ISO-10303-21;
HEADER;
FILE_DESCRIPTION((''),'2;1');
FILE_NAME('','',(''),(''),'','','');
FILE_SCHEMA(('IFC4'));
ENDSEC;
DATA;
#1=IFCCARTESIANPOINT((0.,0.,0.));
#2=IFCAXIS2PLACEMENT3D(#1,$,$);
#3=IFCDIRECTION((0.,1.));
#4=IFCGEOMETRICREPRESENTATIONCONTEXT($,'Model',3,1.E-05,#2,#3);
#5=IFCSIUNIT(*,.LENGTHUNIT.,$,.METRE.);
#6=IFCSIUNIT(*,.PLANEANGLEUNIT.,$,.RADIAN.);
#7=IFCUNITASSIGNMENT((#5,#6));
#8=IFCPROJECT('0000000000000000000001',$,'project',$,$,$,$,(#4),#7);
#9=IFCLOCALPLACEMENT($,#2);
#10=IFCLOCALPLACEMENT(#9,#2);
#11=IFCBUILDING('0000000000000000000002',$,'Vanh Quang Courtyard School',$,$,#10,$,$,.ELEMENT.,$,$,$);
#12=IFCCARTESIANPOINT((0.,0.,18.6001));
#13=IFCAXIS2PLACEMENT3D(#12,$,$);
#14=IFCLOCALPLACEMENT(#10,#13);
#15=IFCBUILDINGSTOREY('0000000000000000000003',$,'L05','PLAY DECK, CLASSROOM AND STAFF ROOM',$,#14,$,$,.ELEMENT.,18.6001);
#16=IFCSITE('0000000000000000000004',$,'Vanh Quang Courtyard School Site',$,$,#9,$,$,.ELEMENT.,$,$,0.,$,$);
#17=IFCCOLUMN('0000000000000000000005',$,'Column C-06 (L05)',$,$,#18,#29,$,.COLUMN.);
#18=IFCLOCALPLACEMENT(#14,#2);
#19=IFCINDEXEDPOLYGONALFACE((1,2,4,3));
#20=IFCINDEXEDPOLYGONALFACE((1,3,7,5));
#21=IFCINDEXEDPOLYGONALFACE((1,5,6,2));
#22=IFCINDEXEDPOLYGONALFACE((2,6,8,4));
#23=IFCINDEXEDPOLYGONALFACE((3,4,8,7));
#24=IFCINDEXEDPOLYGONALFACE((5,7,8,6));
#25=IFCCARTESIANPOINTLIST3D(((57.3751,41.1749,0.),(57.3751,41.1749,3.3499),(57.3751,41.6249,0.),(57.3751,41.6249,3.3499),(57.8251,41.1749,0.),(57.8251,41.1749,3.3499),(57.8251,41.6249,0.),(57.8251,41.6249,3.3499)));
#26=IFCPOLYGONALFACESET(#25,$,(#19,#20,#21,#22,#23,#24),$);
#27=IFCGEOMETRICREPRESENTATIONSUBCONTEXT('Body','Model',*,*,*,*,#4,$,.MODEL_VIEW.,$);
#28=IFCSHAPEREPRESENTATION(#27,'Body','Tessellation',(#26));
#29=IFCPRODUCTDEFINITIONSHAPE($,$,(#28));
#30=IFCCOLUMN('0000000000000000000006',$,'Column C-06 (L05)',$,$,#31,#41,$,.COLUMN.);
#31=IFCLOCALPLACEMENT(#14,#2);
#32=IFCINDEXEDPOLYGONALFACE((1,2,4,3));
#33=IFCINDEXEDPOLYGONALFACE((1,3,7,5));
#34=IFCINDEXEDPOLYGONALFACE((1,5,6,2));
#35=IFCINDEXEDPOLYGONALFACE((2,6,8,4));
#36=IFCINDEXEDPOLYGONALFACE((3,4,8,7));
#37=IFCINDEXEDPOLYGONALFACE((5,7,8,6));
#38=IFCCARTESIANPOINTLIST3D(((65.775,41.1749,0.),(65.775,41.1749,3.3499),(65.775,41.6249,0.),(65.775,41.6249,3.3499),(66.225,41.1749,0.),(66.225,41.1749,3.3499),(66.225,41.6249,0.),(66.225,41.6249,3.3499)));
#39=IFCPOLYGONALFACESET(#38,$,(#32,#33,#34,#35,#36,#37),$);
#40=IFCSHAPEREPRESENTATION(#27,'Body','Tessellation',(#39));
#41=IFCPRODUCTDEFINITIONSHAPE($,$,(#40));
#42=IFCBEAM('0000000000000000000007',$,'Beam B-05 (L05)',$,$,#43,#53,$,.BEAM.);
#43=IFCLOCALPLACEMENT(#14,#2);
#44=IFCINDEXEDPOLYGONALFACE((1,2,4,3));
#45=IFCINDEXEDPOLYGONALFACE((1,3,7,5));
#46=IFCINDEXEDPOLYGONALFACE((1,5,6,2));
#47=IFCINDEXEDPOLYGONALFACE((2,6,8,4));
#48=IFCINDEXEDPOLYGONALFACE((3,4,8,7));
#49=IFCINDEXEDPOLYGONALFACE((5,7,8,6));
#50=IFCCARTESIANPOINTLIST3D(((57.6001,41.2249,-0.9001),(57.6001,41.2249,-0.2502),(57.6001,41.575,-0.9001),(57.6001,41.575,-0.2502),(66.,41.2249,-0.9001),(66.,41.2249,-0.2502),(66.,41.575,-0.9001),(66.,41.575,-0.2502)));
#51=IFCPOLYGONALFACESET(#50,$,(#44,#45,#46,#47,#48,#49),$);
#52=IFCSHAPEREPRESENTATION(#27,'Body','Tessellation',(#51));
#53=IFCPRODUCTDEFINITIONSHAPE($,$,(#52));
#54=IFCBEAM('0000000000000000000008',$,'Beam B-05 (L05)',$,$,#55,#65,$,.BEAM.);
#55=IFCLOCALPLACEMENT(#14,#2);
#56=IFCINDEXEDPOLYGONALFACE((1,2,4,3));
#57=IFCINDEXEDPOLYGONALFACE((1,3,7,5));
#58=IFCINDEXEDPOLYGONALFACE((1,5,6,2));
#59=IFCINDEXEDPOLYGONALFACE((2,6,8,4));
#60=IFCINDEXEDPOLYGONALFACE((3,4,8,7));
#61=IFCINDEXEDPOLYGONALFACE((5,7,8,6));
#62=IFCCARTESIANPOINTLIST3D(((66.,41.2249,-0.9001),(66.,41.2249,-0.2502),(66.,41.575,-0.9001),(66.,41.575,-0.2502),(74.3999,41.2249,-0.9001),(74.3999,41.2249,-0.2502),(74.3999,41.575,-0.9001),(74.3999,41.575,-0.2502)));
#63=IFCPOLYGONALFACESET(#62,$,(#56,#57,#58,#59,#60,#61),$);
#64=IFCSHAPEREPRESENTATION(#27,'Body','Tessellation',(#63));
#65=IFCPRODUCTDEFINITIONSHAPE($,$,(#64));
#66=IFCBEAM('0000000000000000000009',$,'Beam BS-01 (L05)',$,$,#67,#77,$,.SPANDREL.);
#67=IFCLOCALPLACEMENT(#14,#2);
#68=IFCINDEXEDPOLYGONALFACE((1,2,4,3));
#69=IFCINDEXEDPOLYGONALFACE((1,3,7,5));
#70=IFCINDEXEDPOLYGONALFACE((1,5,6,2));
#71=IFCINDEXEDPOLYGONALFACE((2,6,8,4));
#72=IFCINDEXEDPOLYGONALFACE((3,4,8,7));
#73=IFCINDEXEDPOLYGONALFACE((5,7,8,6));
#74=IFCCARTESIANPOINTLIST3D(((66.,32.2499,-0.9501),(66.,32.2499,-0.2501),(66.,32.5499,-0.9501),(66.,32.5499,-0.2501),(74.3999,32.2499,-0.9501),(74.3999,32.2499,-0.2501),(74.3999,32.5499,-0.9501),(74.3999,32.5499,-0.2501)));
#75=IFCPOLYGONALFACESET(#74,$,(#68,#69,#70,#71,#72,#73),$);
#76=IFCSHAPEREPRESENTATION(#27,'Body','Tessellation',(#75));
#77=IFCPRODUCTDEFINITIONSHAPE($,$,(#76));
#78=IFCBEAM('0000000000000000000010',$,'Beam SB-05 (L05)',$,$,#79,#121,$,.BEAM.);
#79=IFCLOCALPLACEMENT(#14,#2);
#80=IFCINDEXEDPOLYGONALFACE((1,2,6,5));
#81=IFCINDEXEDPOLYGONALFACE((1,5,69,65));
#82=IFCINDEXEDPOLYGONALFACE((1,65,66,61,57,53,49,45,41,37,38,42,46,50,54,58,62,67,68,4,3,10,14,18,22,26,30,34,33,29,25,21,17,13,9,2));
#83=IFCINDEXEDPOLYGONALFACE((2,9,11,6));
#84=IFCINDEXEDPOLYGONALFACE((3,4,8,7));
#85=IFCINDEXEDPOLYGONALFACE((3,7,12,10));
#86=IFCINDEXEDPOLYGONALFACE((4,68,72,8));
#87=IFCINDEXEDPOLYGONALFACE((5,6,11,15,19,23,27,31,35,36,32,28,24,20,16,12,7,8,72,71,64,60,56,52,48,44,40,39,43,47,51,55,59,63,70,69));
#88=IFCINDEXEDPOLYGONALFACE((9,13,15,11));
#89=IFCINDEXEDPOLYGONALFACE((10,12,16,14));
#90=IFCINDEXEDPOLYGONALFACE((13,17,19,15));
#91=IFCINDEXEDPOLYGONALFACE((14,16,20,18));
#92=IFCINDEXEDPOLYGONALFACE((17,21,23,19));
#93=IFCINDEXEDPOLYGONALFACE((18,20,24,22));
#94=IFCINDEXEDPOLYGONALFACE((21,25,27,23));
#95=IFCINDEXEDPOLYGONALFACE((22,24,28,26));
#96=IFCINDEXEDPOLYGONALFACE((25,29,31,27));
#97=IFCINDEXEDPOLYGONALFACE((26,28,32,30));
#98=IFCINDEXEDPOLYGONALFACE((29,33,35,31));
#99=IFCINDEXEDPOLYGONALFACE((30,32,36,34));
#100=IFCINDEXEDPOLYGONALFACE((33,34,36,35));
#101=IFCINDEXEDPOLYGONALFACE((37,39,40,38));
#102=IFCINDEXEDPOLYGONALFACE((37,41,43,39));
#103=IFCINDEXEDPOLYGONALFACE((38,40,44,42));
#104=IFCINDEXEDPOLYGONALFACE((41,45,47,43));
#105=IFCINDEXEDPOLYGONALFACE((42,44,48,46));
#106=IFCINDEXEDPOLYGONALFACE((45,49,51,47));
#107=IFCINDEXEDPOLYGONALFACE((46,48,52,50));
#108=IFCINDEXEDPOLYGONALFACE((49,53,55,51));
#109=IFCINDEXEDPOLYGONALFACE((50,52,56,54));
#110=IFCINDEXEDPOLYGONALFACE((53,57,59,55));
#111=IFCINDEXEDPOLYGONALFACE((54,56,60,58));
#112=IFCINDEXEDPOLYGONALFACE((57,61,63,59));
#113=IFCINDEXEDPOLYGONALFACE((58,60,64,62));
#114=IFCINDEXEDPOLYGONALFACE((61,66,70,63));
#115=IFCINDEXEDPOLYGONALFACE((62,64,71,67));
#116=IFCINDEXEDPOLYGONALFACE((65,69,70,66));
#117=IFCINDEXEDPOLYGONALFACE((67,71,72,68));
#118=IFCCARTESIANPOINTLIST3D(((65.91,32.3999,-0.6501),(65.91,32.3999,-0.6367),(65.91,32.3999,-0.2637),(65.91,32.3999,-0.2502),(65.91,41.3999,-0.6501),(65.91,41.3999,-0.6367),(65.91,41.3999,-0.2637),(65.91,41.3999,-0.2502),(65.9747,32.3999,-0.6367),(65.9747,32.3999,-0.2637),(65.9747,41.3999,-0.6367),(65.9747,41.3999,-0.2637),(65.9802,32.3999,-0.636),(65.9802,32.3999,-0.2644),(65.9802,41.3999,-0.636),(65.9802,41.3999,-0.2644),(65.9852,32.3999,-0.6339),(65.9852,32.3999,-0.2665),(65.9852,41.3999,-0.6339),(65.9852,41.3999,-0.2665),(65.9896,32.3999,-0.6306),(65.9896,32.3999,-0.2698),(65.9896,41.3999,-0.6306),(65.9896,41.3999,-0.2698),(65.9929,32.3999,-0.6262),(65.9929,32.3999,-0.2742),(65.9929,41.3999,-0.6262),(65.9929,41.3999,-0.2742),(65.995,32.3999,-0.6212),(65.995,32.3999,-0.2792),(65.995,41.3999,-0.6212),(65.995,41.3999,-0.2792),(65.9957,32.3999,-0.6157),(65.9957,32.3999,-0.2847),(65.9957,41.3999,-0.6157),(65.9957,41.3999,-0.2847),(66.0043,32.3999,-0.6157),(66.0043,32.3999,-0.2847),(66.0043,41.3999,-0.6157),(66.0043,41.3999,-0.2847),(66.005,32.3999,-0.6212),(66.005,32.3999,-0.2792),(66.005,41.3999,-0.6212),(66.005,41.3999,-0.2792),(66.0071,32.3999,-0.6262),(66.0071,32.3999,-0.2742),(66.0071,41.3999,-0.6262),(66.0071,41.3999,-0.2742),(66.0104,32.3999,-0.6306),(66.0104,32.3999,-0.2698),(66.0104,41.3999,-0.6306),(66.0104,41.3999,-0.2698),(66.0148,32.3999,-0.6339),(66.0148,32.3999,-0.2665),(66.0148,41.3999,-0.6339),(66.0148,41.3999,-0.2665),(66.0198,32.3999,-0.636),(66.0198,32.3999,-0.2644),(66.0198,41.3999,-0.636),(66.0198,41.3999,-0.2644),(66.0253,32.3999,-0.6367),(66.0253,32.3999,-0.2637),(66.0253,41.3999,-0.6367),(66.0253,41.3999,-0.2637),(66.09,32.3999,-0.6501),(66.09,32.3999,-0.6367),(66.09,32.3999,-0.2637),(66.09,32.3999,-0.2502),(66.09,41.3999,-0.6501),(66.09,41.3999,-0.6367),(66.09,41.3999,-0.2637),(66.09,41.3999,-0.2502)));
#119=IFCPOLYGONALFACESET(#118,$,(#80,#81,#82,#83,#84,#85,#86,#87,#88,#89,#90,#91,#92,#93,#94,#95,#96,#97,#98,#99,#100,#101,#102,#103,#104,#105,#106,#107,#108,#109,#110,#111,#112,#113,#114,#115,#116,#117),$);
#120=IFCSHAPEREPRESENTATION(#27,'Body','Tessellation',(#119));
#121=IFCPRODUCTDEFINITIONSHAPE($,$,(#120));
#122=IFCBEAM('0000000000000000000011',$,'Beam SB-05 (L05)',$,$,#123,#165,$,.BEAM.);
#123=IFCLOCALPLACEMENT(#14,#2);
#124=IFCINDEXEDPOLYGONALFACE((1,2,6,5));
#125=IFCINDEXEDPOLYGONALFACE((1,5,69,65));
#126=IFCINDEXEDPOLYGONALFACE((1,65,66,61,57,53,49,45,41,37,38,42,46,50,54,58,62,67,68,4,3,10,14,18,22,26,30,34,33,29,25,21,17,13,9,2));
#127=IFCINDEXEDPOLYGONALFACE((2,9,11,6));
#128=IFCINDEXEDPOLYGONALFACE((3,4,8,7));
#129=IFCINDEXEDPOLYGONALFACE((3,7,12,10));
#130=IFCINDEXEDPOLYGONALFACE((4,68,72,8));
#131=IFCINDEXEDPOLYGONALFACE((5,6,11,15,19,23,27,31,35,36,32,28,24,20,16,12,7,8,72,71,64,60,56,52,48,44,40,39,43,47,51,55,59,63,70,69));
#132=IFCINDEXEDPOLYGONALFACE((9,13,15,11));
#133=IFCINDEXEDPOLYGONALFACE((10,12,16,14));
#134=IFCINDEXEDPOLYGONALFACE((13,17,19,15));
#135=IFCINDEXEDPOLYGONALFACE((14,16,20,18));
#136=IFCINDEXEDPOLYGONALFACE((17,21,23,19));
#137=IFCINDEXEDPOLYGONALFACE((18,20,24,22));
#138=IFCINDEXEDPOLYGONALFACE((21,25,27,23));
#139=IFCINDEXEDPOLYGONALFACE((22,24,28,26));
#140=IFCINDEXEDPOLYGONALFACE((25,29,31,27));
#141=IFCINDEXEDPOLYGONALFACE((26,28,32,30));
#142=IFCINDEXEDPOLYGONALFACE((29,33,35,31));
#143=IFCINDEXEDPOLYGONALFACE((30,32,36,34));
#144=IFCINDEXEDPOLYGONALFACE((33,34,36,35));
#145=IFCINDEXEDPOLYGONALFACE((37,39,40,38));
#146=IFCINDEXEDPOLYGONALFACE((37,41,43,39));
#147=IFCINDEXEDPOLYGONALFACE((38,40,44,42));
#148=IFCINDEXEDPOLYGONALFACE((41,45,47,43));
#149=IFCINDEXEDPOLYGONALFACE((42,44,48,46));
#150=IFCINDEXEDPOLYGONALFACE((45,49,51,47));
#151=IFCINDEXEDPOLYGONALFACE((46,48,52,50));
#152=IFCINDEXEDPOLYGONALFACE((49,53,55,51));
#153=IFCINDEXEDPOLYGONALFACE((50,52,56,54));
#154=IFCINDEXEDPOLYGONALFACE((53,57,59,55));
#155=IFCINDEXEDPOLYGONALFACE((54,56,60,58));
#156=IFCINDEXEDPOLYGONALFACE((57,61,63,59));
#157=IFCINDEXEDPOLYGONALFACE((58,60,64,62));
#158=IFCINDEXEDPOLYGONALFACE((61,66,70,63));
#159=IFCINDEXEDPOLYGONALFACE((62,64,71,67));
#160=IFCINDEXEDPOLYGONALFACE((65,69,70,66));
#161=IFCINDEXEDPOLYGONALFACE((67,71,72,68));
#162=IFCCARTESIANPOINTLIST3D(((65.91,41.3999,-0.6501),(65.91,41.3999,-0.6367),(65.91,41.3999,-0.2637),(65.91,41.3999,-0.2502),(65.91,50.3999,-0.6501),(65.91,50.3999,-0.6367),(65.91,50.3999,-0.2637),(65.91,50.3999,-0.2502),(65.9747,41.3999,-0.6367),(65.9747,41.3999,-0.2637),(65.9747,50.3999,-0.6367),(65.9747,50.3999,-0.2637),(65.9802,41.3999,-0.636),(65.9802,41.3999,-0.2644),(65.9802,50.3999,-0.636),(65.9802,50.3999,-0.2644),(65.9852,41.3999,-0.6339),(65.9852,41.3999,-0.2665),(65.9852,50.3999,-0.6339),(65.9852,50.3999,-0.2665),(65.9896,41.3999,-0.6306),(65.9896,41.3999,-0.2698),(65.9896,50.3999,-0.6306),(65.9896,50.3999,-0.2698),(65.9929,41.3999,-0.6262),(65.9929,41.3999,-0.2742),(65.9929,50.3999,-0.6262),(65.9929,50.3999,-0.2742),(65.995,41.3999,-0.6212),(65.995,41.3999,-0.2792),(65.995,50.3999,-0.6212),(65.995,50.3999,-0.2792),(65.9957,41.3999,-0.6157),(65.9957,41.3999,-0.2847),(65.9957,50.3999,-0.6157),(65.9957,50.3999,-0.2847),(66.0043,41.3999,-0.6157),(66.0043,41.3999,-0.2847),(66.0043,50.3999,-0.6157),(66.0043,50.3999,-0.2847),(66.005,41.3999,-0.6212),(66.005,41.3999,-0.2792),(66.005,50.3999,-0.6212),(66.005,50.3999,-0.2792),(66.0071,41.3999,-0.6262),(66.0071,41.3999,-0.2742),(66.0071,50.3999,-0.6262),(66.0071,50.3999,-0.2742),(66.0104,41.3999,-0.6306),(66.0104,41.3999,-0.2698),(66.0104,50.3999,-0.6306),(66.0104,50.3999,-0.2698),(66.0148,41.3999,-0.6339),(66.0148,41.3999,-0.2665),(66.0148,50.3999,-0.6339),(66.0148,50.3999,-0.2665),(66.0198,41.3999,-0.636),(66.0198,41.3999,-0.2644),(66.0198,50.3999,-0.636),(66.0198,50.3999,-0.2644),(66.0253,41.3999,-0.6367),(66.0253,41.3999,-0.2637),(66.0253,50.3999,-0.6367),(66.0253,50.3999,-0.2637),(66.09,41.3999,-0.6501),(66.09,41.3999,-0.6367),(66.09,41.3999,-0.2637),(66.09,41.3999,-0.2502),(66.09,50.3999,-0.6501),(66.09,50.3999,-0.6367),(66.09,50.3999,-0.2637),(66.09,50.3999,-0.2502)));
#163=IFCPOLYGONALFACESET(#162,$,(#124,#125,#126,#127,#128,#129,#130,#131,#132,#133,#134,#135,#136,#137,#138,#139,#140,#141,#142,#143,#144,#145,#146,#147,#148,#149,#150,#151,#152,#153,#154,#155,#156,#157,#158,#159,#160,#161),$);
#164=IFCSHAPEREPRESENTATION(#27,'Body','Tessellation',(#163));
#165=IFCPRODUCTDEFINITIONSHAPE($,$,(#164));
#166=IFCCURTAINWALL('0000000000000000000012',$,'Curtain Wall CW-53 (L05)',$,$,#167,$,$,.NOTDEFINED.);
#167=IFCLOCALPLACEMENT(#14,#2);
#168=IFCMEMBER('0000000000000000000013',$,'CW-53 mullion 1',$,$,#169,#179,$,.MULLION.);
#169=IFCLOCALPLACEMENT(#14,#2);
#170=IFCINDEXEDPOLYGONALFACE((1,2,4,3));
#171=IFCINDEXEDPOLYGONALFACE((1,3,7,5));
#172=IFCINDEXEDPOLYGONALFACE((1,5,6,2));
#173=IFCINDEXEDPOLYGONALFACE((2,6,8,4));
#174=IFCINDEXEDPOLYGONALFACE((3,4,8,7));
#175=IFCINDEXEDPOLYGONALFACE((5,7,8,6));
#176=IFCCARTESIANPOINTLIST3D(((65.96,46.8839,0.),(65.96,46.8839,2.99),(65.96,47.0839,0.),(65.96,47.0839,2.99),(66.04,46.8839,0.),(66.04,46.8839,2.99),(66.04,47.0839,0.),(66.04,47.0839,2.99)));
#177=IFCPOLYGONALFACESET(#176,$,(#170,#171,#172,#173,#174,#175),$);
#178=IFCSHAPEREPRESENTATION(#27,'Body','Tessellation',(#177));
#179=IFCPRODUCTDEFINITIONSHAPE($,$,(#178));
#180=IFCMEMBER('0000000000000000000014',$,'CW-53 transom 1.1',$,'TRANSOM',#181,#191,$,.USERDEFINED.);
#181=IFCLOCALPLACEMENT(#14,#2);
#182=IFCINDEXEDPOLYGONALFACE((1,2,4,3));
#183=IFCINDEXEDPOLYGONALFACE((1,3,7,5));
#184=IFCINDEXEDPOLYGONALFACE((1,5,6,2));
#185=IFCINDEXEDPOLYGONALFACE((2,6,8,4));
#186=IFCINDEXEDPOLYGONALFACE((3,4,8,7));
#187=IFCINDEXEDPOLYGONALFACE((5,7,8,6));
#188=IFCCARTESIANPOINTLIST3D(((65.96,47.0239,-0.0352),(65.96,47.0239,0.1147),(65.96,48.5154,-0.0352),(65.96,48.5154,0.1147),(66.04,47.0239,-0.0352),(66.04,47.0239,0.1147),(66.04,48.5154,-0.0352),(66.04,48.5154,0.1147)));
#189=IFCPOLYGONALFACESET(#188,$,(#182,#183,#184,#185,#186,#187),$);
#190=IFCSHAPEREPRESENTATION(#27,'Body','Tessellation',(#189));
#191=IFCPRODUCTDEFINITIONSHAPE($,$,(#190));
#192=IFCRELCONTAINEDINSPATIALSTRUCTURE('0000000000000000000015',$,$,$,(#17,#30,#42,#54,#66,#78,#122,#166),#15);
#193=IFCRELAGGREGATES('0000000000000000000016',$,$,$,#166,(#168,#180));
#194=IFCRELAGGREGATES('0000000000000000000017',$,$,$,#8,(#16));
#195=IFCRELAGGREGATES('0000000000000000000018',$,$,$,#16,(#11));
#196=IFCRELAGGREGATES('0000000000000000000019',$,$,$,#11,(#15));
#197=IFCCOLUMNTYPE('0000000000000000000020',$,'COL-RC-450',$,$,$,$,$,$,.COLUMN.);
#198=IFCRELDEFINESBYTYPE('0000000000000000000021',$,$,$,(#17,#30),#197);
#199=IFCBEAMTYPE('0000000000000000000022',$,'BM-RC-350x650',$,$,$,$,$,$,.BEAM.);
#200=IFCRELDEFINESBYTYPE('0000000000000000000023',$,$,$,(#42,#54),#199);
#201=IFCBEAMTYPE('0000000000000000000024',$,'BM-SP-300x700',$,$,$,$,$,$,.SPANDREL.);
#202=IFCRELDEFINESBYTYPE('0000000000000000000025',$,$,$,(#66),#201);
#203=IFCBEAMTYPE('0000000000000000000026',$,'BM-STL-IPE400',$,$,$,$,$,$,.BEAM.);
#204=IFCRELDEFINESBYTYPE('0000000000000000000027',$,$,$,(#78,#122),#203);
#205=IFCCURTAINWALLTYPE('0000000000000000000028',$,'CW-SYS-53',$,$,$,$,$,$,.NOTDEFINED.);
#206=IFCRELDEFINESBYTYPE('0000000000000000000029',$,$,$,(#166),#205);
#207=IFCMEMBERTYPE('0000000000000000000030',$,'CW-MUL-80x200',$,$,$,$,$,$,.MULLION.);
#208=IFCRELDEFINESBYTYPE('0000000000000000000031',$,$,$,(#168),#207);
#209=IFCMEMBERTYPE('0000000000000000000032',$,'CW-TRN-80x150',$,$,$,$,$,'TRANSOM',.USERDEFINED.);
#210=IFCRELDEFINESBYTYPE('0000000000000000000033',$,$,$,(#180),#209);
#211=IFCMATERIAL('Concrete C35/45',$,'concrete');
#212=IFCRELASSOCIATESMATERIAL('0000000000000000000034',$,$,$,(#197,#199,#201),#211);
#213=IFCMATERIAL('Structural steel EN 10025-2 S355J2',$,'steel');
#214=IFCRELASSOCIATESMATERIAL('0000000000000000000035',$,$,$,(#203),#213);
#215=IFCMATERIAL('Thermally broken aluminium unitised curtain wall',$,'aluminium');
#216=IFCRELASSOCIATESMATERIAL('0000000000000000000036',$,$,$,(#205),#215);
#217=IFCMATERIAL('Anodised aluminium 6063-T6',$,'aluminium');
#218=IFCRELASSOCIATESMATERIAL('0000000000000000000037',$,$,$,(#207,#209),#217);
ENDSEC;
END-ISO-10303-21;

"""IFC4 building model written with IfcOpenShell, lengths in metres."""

from ifc_helpers import new_model, si_unit, direction, frame, origin, origin_2d, place, context, subcontext, project, spatial, rectangle, i_section, extrude, material, material_profile, profile_set, type_object, element, aggregate, save


model = new_model("IFC4")

# Units and contexts
model_context = context("Model", 3, precision=1e-05, world=origin(), true_north=direction((0.0, 1.0)))
body_context = subcontext(model_context, "Body", "Model", "MODEL_VIEW")
ifc_project = project(units=[si_unit("LENGTHUNIT", "METRE"), si_unit("PLANEANGLEUNIT", "RADIAN")], contexts=[model_context])

# Site, building, storey
site_placement = place(None, origin())
site = spatial("IfcSite", under=ifc_project, at=site_placement, Name="Vanh Quang Courtyard School Site", CompositionType="ELEMENT", RefElevation=0.0)
building_placement = place(site_placement, origin())
building = spatial("IfcBuilding", under=site, at=building_placement, Name="Vanh Quang Courtyard School", CompositionType="ELEMENT")
storey_placement = place(building_placement, frame((0.0, 0.0, 18.6001)))
storey = spatial("IfcBuildingStorey", under=building, at=storey_placement, Name="L05", Description="PLAY DECK, CLASSROOM AND STAFF ROOM", CompositionType="ELEMENT", Elevation=18.6001)

# Columns
ifc_material_1 = material(Name="Concrete C35/45", Category="concrete")
ifc_material_profile_1 = material_profile(ifc_material_1, rectangle(XDim=0.45, YDim=0.45, at=origin_2d()), Name="RC-COL 450x450")
ifc_profile_set_1 = profile_set([ifc_material_profile_1], Name="Concrete C35/45")
column_type = type_object("IfcColumnType", Name="COL-RC-450", PredefinedType="COLUMN", material=ifc_profile_set_1)
for number, where, z_axis, x_axis, name in (
    (1, (57.6001, 41.3999, 0.0), (0.0, 0.0, 1.0), (1.0, 0.0, 0.0), "Column C-06 (L05)"),
    (2, (66.0, 41.3999, 0.0), (0.0, 0.0, 1.0), (1.0, 0.0, 0.0), "Column C-06 (L05)"),
):
    element("IfcColumn", number, at=place(storey_placement, frame(where, z_axis=z_axis, x_axis=x_axis)), inside=storey, type_object=column_type, Name=name, PredefinedType="COLUMN", context=body_context, shape_type="SweptSolid", body=[
        extrude(rectangle(XDim=0.45, YDim=0.45, at=origin_2d()), origin(), (0.0, 0.0, 1.0), 3.3499),
    ])

# Beams
ifc_material_profile_2 = material_profile(ifc_material_1, rectangle(XDim=0.3501, YDim=0.6499, at=origin_2d()), Name="RC-BM 350x650")
ifc_profile_set_2 = profile_set([ifc_material_profile_2], Name="Concrete C35/45")
beam_type_1 = type_object("IfcBeamType", Name="BM-RC-350x650", PredefinedType="BEAM", material=ifc_profile_set_2)
for number, where, z_axis, x_axis, name in (
    (3, (57.6001, 41.3999, -0.5752), (1.0, 0.0, 0.0), (0.0, 1.0, 0.0), "Beam B-05 (L05)"),
    (4, (66.0, 41.3999, -0.5752), (1.0, 0.0, 0.0), (0.0, 1.0, 0.0), "Beam B-05 (L05)"),
):
    element("IfcBeam", number, at=place(storey_placement, frame(where, z_axis=z_axis, x_axis=x_axis)), inside=storey, type_object=beam_type_1, Name=name, PredefinedType="BEAM", context=body_context, shape_type="SweptSolid", body=[
        extrude(rectangle(XDim=0.3501, YDim=0.6499, at=origin_2d()), origin(), (0.0, 0.0, 1.0), 8.3999),
    ])
ifc_material_profile_3 = material_profile(ifc_material_1, rectangle(XDim=0.3, YDim=0.7, at=origin_2d()), Name="RC-SP 300x700")
ifc_profile_set_3 = profile_set([ifc_material_profile_3], Name="Concrete C35/45")
beam_type_2 = type_object("IfcBeamType", Name="BM-SP-300x700", PredefinedType="SPANDREL", material=ifc_profile_set_3)
beam_placement = place(storey_placement, frame((66.0, 32.3999, -0.6001), z_axis=(1.0, 0.0, 0.0), x_axis=(0.0, 1.0, 0.0)))
element("IfcBeam", 5, at=beam_placement, inside=storey, type_object=beam_type_2, Name="Beam BS-01 (L05)", PredefinedType="SPANDREL", context=body_context, shape_type="SweptSolid", body=[
    extrude(rectangle(XDim=0.3, YDim=0.7, at=origin_2d()), origin(), (0.0, 0.0, 1.0), 8.3999),
])
ifc_material_2 = material(Name="Structural steel EN 10025-2 S355J2", Category="steel")
ifc_material_profile_4 = material_profile(ifc_material_2, i_section(OverallWidth=0.1799, OverallDepth=0.3999, WebThickness=0.0085, FlangeThickness=0.0134, FilletRadius=0.021, at=origin_2d()), Name="IPE 400")
ifc_profile_set_4 = profile_set([ifc_material_profile_4], Name="Structural steel EN 10025-2 S355J2")
beam_type_3 = type_object("IfcBeamType", Name="BM-STL-IPE400", PredefinedType="BEAM", material=ifc_profile_set_4)
for number, where, z_axis, x_axis, name in (
    (6, (66.0, 32.3999, -0.4502), (0.0, 1.0, 0.0), (-1.0, 0.0, 0.0), "Beam SB-05 (L05)"),
    (7, (66.0, 41.3999, -0.4502), (0.0, 1.0, 0.0), (-1.0, 0.0, 0.0), "Beam SB-05 (L05)"),
):
    element("IfcBeam", number, at=place(storey_placement, frame(where, z_axis=z_axis, x_axis=x_axis)), inside=storey, type_object=beam_type_3, Name=name, PredefinedType="BEAM", context=body_context, shape_type="SweptSolid", body=[
        extrude(i_section(OverallWidth=0.1799, OverallDepth=0.3999, WebThickness=0.0085, FlangeThickness=0.0134, FilletRadius=0.021, at=origin_2d()), origin(), (0.0, 0.0, 1.0), 9.0),
    ])

# Curtain wall, members
ifc_material_3 = material(Name="Thermally broken aluminium unitised curtain wall", Category="aluminium")
curtain_wall_type = type_object("IfcCurtainWallType", Name="CW-SYS-53", PredefinedType="NOTDEFINED", material=ifc_material_3)
curtain_wall_placement = place(storey_placement, origin())
curtain_wall = element("IfcCurtainWall", 8, at=curtain_wall_placement, inside=storey, type_object=curtain_wall_type, Name="Curtain Wall CW-53 (L05)", PredefinedType="NOTDEFINED")
ifc_material_4 = material(Name="Anodised aluminium 6063-T6", Category="aluminium")
ifc_material_profile_5 = material_profile(ifc_material_4, rectangle(XDim=0.0801, YDim=0.2, at=origin_2d()), Name="ALU-MUL 80x200")
ifc_profile_set_5 = profile_set([ifc_material_profile_5], Name="Anodised aluminium 6063-T6")
member_type_1 = type_object("IfcMemberType", Name="CW-MUL-80x200", PredefinedType="MULLION", material=ifc_profile_set_5)
member_1_placement = place(storey_placement, frame((66.0, 46.9839, 0.0), z_axis=(0.0, 0.0, 1.0), x_axis=(-1.0, 0.0, 0.0)))
member_1 = element("IfcMember", 9, at=member_1_placement, type_object=member_type_1, Name="CW-53 mullion 1", PredefinedType="MULLION", context=body_context, shape_type="SweptSolid", body=[
    extrude(rectangle(XDim=0.0801, YDim=0.2, at=origin_2d()), origin(), (0.0, 0.0, 1.0), 2.99),
])
ifc_material_profile_6 = material_profile(ifc_material_4, rectangle(XDim=0.0801, YDim=0.1499, at=origin_2d()), Name="ALU-TRN 80x150")
ifc_profile_set_6 = profile_set([ifc_material_profile_6], Name="Anodised aluminium 6063-T6")
member_type_2 = type_object("IfcMemberType", Name="CW-TRN-80x150", ElementType="TRANSOM", PredefinedType="USERDEFINED", material=ifc_profile_set_6)
member_2_placement = place(storey_placement, frame((66.0, 47.0239, 0.0398), z_axis=(0.0, 1.0, 0.0), x_axis=(-1.0, 0.0, 0.0)))
member_2 = element("IfcMember", 10, at=member_2_placement, type_object=member_type_2, Name="CW-53 transom 1.1", ObjectType="TRANSOM", PredefinedType="USERDEFINED", context=body_context, shape_type="SweptSolid", body=[
    extrude(rectangle(XDim=0.0801, YDim=0.1499, at=origin_2d()), origin(), (0.0, 0.0, 1.0), 1.4915),
])
aggregate(curtain_wall, [member_1, member_2])

save(model, "model.ifc")
